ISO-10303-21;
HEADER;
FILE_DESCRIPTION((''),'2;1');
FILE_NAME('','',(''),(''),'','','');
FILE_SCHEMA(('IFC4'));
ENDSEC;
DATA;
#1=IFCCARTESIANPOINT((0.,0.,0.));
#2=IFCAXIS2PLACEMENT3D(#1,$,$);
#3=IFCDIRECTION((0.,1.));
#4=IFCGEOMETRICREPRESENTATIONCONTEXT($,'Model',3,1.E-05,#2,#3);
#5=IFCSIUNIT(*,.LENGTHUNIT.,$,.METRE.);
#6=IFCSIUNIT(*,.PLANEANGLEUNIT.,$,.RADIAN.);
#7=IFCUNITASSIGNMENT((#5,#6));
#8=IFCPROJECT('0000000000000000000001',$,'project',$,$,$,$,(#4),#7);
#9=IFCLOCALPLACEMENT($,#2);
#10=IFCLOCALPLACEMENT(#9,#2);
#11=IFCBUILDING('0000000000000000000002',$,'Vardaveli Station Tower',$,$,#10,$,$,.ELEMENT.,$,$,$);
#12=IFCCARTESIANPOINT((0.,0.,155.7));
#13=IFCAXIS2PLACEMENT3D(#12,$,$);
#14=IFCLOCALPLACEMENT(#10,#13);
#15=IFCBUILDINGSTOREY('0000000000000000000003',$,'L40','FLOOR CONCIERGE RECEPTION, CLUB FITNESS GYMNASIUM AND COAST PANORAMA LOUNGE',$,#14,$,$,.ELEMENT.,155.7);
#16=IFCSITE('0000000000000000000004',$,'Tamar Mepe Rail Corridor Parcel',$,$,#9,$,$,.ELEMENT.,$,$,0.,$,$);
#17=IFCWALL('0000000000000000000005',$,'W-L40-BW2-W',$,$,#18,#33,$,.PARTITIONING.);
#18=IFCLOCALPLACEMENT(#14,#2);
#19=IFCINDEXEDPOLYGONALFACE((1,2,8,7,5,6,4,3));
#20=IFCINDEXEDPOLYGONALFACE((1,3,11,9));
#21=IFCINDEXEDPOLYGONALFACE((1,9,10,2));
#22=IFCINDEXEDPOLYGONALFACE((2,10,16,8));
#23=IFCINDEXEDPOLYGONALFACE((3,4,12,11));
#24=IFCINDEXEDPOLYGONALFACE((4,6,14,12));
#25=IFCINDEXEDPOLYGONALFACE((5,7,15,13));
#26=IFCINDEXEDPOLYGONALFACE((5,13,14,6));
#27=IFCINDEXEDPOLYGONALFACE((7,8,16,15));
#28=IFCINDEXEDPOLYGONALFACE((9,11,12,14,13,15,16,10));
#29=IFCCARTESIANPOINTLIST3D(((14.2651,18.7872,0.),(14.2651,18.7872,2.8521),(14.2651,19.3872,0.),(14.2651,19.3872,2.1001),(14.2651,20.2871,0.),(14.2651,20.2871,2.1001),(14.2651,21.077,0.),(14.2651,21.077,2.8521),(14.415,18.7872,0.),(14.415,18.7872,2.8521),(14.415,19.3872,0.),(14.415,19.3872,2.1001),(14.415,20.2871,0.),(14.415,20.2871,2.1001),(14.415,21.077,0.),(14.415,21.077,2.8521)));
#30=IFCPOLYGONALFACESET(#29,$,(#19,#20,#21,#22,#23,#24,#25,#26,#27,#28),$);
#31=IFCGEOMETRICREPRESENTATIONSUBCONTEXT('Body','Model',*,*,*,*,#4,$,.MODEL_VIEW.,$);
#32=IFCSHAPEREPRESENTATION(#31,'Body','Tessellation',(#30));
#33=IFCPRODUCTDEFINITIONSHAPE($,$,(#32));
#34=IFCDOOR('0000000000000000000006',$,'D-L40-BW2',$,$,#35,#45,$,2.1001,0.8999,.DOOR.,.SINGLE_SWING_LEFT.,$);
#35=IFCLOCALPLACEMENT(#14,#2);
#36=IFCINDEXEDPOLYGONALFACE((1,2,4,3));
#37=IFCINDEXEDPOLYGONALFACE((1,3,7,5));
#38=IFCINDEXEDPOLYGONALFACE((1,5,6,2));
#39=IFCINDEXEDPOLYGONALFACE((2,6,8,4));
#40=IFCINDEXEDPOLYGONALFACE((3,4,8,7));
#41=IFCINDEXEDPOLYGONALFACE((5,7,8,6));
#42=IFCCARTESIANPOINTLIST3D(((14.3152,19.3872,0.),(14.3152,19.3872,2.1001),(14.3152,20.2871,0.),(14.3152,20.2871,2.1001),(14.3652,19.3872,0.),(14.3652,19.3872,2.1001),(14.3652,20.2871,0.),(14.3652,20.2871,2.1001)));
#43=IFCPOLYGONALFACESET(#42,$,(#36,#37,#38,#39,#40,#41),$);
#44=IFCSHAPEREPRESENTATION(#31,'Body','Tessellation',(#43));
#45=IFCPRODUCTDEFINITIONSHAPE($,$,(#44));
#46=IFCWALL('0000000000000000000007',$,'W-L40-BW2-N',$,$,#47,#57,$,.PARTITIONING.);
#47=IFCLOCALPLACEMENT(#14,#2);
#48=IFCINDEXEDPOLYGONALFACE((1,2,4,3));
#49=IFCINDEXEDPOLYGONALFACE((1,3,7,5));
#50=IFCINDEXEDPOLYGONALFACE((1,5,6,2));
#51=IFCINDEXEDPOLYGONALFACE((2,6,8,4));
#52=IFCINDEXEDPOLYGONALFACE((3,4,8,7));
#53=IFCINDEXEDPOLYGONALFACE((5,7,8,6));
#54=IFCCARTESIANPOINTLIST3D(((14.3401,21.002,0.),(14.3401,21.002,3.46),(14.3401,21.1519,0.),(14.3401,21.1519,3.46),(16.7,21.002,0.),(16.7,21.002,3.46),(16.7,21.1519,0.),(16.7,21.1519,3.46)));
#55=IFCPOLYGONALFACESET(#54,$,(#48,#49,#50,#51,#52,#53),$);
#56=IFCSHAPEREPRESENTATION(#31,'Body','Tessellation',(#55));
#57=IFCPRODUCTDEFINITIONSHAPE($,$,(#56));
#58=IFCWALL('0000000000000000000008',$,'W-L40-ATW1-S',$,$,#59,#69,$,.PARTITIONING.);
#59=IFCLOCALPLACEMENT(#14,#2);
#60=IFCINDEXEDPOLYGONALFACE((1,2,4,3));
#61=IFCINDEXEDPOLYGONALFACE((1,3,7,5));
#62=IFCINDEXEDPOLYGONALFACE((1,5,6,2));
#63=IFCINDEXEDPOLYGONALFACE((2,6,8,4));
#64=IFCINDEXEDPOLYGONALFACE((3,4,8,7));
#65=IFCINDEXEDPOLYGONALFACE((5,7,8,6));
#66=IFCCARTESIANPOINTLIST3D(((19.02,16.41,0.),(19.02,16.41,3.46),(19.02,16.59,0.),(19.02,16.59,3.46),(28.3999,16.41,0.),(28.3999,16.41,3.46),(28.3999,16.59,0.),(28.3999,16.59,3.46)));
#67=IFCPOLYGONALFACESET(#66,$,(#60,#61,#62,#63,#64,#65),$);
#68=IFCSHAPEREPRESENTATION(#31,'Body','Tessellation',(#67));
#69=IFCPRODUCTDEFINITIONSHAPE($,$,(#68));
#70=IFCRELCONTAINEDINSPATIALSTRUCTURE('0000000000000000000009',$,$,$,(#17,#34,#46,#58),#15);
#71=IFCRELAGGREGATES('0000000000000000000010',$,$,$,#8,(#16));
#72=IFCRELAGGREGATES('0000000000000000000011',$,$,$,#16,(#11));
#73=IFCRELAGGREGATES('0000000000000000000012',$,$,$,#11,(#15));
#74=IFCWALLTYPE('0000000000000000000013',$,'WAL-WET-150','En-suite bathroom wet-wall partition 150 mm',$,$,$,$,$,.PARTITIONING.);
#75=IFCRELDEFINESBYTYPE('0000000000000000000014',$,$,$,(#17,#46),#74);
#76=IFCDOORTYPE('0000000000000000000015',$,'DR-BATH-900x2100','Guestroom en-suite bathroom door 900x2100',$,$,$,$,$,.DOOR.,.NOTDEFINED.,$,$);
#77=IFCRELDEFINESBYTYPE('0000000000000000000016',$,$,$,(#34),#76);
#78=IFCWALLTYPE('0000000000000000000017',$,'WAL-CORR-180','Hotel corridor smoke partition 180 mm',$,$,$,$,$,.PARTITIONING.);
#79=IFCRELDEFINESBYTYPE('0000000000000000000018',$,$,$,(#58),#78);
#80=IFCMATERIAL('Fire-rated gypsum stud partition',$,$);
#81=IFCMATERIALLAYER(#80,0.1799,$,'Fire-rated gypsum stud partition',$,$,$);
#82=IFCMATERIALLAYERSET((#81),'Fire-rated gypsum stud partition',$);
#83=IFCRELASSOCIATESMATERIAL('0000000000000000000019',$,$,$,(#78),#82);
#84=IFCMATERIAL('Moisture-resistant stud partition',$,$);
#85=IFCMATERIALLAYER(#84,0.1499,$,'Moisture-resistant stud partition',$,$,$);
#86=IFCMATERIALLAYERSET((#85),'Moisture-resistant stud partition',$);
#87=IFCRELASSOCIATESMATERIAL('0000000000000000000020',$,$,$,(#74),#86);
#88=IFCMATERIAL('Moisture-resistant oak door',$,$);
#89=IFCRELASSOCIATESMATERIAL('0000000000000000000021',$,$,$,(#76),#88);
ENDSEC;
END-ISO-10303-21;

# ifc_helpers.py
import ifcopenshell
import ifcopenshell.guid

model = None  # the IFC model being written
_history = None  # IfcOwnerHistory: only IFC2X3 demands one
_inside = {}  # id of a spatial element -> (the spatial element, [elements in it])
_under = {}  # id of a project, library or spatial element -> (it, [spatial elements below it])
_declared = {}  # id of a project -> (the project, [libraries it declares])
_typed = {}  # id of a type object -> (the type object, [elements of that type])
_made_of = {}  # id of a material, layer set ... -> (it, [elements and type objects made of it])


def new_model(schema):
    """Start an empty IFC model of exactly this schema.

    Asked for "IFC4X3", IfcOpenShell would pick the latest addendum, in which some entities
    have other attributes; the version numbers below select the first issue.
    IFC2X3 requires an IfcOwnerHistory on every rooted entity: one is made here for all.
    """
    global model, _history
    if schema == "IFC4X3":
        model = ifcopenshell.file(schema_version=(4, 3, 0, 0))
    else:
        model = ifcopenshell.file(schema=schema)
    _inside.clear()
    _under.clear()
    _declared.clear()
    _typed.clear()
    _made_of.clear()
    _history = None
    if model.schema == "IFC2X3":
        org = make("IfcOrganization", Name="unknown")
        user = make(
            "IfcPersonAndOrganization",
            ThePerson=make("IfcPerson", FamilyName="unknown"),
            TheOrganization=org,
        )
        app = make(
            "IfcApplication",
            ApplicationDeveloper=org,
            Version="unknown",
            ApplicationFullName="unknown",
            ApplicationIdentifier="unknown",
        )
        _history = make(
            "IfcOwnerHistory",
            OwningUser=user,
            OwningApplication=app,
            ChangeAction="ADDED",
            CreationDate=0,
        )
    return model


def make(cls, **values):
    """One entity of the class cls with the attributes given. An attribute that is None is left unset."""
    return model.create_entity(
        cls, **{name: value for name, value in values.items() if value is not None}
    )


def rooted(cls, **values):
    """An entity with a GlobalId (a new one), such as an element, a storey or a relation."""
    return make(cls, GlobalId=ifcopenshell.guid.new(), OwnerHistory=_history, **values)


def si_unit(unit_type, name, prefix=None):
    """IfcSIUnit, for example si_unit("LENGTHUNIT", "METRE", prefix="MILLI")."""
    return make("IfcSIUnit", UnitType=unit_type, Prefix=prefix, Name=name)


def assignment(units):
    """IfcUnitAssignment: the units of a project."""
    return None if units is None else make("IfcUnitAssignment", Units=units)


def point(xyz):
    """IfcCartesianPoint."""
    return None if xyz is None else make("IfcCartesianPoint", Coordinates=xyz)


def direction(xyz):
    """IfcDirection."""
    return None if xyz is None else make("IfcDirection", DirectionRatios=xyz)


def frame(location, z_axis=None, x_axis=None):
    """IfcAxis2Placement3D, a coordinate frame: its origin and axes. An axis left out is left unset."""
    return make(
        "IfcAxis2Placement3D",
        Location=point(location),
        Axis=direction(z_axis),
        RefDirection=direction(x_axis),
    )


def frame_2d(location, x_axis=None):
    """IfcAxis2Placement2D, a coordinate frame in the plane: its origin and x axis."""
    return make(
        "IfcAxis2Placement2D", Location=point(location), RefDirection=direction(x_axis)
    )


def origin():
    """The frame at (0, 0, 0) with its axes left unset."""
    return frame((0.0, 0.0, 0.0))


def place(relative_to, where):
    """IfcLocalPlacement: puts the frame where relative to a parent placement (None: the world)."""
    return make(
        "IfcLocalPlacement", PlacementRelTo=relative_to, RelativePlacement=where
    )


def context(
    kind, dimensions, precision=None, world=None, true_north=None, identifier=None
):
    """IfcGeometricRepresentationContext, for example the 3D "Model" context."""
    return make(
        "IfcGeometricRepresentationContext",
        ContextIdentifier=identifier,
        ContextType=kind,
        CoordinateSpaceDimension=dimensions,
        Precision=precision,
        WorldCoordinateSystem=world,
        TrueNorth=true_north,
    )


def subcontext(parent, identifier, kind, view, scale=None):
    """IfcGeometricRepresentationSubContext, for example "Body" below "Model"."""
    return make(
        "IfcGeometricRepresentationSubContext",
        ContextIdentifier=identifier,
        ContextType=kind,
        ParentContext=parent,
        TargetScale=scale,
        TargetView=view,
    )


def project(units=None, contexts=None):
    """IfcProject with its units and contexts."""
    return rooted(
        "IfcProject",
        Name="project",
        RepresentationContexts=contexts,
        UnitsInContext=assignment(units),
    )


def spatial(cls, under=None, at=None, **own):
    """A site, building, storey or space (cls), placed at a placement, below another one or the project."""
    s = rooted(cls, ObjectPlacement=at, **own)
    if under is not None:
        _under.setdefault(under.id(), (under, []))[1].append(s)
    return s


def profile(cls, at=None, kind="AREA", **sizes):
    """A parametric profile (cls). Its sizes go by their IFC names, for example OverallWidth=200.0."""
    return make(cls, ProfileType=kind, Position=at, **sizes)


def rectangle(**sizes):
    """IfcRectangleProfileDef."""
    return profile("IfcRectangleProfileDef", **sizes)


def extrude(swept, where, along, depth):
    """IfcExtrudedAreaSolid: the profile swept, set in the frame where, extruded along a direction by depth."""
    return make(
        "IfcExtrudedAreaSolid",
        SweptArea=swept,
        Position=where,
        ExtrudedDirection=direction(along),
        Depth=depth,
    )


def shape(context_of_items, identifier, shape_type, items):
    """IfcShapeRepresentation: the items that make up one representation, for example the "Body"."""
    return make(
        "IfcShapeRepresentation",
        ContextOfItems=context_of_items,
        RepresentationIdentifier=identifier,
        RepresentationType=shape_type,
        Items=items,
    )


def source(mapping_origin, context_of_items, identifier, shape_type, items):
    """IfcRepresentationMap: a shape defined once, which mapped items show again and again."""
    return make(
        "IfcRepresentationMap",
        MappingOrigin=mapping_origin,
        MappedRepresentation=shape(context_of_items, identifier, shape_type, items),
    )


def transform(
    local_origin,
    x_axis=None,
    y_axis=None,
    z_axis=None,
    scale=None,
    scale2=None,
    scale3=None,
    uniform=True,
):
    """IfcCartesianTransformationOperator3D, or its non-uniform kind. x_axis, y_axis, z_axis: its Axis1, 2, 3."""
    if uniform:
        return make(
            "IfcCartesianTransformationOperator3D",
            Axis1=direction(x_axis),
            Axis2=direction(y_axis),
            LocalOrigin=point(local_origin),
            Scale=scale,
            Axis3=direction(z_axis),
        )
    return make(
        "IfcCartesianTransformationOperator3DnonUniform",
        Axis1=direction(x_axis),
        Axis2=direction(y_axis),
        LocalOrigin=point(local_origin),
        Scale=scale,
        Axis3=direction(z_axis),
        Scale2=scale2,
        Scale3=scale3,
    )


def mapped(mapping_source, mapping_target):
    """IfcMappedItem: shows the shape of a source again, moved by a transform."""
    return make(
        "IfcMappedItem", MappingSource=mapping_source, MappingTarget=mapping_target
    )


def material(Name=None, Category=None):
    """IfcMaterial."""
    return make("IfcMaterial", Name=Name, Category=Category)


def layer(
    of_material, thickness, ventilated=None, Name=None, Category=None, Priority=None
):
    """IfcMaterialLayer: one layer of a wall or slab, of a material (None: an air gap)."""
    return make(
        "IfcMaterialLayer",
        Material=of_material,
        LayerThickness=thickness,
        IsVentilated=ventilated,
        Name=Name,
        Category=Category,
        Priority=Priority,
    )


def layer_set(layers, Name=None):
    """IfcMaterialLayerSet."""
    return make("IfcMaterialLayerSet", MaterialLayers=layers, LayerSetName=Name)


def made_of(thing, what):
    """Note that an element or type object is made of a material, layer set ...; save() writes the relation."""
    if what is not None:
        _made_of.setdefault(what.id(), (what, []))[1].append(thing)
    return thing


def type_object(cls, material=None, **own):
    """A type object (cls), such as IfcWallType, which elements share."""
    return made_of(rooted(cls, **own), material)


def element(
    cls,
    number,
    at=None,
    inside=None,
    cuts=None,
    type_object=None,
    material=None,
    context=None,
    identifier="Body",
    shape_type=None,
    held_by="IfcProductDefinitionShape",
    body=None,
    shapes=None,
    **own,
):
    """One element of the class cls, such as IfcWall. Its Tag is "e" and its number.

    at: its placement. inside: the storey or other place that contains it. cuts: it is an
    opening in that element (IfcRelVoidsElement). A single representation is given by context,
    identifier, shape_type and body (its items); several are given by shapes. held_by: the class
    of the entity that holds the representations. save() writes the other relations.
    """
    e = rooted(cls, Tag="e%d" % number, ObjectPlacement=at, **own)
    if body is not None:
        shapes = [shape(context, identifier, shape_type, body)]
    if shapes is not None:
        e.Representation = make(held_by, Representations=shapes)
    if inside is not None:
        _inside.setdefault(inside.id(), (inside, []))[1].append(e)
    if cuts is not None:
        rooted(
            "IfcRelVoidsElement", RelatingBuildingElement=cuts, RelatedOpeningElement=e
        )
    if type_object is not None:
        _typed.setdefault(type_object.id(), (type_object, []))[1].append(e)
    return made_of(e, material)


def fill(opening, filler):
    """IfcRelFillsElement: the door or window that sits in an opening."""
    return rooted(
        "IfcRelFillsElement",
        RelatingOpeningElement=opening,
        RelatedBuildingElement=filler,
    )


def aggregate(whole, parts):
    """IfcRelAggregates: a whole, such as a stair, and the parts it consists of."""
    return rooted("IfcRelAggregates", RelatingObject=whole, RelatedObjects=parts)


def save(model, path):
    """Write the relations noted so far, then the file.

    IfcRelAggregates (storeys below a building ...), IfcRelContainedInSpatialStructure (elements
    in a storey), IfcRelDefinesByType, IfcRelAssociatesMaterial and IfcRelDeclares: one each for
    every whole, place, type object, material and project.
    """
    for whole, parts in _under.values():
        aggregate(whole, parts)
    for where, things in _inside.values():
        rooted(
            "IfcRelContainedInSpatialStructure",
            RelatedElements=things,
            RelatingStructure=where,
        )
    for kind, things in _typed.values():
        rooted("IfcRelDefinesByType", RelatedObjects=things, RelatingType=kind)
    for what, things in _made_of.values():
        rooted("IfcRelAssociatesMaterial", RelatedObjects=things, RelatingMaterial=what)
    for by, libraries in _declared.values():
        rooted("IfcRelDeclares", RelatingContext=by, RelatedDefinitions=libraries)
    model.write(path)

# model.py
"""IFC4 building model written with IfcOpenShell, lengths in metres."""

from ifc_helpers import new_model, si_unit, direction, frame, frame_2d, origin, place, context, subcontext, project, spatial, rectangle, extrude, source, transform, mapped, material, layer, layer_set, type_object, element, fill, save


model = new_model("IFC4")

# Units and contexts
model_context = context("Model", 3, precision=1e-05, world=origin(), true_north=direction((0.0, 1.0)))
body_context = subcontext(model_context, "Body", "Model", "MODEL_VIEW")
ifc_project = project(units=[si_unit("LENGTHUNIT", "METRE"), si_unit("PLANEANGLEUNIT", "RADIAN")], contexts=[model_context])

# Site, building, storey
site_placement = place(None, origin())
site = spatial("IfcSite", under=ifc_project, at=site_placement, Name="Tamar Mepe Rail Corridor Parcel", CompositionType="ELEMENT", RefElevation=0.0)
building_placement = place(site_placement, origin())
building = spatial("IfcBuilding", under=site, at=building_placement, Name="Vardaveli Station Tower", CompositionType="ELEMENT")
storey_placement = place(building_placement, frame((0.0, 0.0, 155.7)))
storey = spatial("IfcBuildingStorey", under=building, at=storey_placement, Name="L40", Description="FLOOR CONCIERGE RECEPTION, CLUB FITNESS GYMNASIUM AND COAST PANORAMA LOUNGE", CompositionType="ELEMENT", Elevation=155.7)

# Shared definitions
ifc_material_1 = material(Name="Fire-rated gypsum stud partition")
ifc_layer_1 = layer(ifc_material_1, 0.1799, Name="Fire-rated gypsum stud partition")
ifc_layer_set_1 = layer_set([ifc_layer_1], Name="Fire-rated gypsum stud partition")
wall_type_1 = type_object("IfcWallType", Name="WAL-CORR-180", Description="Hotel corridor smoke partition 180 mm", PredefinedType="PARTITIONING", material=ifc_layer_set_1)

# Wall, opening, door
ifc_material_2 = material(Name="Moisture-resistant stud partition")
ifc_layer_2 = layer(ifc_material_2, 0.1499, Name="Moisture-resistant stud partition")
ifc_layer_set_2 = layer_set([ifc_layer_2], Name="Moisture-resistant stud partition")
wall_type_2 = type_object("IfcWallType", Name="WAL-WET-150", Description="En-suite bathroom wet-wall partition 150 mm", PredefinedType="PARTITIONING", material=ifc_layer_set_2)
shared_shape_1 = source(origin(), body_context, "Body", "SweptSolid", [
    extrude(rectangle(XDim=2.2898, YDim=0.1499, at=frame_2d((1.145, 0.0))), origin(), (0.0, 0.0, 1.0), 2.8521),
])
wall_1_placement = place(storey_placement, frame((14.3401, 18.7871, 0.0), z_axis=(0.0, 0.0, 1.0), x_axis=(0.0, 1.0, 0.0)))
wall_1 = element("IfcWall", 1, at=wall_1_placement, inside=storey, type_object=wall_type_2, Name="W-L40-BW2-W", PredefinedType="PARTITIONING", context=body_context, shape_type="MappedRepresentation", body=[
    mapped(shared_shape_1, transform((0.0, 0.0, 0.0), scale=1.0)),
])
shared_shape_2 = source(origin(), body_context, "Body", "SweptSolid", [
    extrude(rectangle(XDim=0.8999, YDim=2.1001, at=frame_2d((0.45, 1.05))), frame((0.0, 0.085, 0.0), z_axis=(0.0, -1.0, 0.0), x_axis=(1.0, 0.0, 0.0)), (0.0, 0.0, 1.0), 0.1699),
])
opening_1_placement = place(wall_1_placement, frame((0.6001, 0.0, 0.0)))
opening_1 = element("IfcOpeningElement", 2, at=opening_1_placement, cuts=wall_1, PredefinedType="OPENING", context=body_context, shape_type="MappedRepresentation", body=[
    mapped(shared_shape_2, transform((0.0, 0.0, 0.0), scale=1.0)),
])
ifc_material_3 = material(Name="Moisture-resistant oak door")
door_type_1 = type_object("IfcDoorType", Name="DR-BATH-900x2100", Description="Guestroom en-suite bathroom door 900x2100", OperationType="NOTDEFINED", PredefinedType="DOOR", material=ifc_material_3)
shared_shape_3 = source(origin(), body_context, "Body", "SweptSolid", [
    extrude(rectangle(XDim=0.8999, YDim=2.1001, at=frame_2d((0.45, 1.05))), frame((0.0, 0.0249, 0.0), z_axis=(0.0, -1.0, 0.0), x_axis=(1.0, 0.0, 0.0)), (0.0, 0.0, 1.0), 0.05),
])
door_1_placement = place(opening_1_placement, origin())
door_1 = element("IfcDoor", 3, at=door_1_placement, inside=storey, type_object=door_type_1, Name="D-L40-BW2", OperationType="SINGLE_SWING_LEFT", OverallHeight=2.1001, OverallWidth=0.8999, PredefinedType="DOOR", context=body_context, shape_type="MappedRepresentation", body=[
    mapped(shared_shape_3, transform((0.0, 0.0, 0.0), scale=1.0)),
])
fill(opening_1, door_1)

# Walls
shared_shape_4 = source(origin(), body_context, "Body", "SweptSolid", [
    extrude(rectangle(XDim=2.3599, YDim=0.1499, at=frame_2d((1.1799, 0.0))), origin(), (0.0, 0.0, 1.0), 3.46),
])
wall_2_placement = place(storey_placement, frame((14.3401, 21.0769, 0.0), z_axis=(0.0, 0.0, 1.0), x_axis=(1.0, 0.0, 0.0)))
element("IfcWall", 4, at=wall_2_placement, inside=storey, type_object=wall_type_2, Name="W-L40-BW2-N", PredefinedType="PARTITIONING", context=body_context, shape_type="MappedRepresentation", body=[
    mapped(shared_shape_4, transform((0.0, 0.0, 0.0), scale=1.0)),
])
shared_shape_5 = source(origin(), body_context, "Body", "SweptSolid", [
    extrude(rectangle(XDim=9.3799, YDim=0.1799, at=frame_2d((4.6899, 0.0))), origin(), (0.0, 0.0, 1.0), 3.46),
])
wall_3_placement = place(storey_placement, frame((19.02, 16.5, 0.0), z_axis=(0.0, 0.0, 1.0), x_axis=(1.0, 0.0, 0.0)))
element("IfcWall", 5, at=wall_3_placement, inside=storey, type_object=wall_type_1, Name="W-L40-ATW1-S", PredefinedType="PARTITIONING", context=body_context, shape_type="MappedRepresentation", body=[
    mapped(shared_shape_5, transform((0.0, 0.0, 0.0), scale=1.0)),
])

save(model, "model.ifc")
